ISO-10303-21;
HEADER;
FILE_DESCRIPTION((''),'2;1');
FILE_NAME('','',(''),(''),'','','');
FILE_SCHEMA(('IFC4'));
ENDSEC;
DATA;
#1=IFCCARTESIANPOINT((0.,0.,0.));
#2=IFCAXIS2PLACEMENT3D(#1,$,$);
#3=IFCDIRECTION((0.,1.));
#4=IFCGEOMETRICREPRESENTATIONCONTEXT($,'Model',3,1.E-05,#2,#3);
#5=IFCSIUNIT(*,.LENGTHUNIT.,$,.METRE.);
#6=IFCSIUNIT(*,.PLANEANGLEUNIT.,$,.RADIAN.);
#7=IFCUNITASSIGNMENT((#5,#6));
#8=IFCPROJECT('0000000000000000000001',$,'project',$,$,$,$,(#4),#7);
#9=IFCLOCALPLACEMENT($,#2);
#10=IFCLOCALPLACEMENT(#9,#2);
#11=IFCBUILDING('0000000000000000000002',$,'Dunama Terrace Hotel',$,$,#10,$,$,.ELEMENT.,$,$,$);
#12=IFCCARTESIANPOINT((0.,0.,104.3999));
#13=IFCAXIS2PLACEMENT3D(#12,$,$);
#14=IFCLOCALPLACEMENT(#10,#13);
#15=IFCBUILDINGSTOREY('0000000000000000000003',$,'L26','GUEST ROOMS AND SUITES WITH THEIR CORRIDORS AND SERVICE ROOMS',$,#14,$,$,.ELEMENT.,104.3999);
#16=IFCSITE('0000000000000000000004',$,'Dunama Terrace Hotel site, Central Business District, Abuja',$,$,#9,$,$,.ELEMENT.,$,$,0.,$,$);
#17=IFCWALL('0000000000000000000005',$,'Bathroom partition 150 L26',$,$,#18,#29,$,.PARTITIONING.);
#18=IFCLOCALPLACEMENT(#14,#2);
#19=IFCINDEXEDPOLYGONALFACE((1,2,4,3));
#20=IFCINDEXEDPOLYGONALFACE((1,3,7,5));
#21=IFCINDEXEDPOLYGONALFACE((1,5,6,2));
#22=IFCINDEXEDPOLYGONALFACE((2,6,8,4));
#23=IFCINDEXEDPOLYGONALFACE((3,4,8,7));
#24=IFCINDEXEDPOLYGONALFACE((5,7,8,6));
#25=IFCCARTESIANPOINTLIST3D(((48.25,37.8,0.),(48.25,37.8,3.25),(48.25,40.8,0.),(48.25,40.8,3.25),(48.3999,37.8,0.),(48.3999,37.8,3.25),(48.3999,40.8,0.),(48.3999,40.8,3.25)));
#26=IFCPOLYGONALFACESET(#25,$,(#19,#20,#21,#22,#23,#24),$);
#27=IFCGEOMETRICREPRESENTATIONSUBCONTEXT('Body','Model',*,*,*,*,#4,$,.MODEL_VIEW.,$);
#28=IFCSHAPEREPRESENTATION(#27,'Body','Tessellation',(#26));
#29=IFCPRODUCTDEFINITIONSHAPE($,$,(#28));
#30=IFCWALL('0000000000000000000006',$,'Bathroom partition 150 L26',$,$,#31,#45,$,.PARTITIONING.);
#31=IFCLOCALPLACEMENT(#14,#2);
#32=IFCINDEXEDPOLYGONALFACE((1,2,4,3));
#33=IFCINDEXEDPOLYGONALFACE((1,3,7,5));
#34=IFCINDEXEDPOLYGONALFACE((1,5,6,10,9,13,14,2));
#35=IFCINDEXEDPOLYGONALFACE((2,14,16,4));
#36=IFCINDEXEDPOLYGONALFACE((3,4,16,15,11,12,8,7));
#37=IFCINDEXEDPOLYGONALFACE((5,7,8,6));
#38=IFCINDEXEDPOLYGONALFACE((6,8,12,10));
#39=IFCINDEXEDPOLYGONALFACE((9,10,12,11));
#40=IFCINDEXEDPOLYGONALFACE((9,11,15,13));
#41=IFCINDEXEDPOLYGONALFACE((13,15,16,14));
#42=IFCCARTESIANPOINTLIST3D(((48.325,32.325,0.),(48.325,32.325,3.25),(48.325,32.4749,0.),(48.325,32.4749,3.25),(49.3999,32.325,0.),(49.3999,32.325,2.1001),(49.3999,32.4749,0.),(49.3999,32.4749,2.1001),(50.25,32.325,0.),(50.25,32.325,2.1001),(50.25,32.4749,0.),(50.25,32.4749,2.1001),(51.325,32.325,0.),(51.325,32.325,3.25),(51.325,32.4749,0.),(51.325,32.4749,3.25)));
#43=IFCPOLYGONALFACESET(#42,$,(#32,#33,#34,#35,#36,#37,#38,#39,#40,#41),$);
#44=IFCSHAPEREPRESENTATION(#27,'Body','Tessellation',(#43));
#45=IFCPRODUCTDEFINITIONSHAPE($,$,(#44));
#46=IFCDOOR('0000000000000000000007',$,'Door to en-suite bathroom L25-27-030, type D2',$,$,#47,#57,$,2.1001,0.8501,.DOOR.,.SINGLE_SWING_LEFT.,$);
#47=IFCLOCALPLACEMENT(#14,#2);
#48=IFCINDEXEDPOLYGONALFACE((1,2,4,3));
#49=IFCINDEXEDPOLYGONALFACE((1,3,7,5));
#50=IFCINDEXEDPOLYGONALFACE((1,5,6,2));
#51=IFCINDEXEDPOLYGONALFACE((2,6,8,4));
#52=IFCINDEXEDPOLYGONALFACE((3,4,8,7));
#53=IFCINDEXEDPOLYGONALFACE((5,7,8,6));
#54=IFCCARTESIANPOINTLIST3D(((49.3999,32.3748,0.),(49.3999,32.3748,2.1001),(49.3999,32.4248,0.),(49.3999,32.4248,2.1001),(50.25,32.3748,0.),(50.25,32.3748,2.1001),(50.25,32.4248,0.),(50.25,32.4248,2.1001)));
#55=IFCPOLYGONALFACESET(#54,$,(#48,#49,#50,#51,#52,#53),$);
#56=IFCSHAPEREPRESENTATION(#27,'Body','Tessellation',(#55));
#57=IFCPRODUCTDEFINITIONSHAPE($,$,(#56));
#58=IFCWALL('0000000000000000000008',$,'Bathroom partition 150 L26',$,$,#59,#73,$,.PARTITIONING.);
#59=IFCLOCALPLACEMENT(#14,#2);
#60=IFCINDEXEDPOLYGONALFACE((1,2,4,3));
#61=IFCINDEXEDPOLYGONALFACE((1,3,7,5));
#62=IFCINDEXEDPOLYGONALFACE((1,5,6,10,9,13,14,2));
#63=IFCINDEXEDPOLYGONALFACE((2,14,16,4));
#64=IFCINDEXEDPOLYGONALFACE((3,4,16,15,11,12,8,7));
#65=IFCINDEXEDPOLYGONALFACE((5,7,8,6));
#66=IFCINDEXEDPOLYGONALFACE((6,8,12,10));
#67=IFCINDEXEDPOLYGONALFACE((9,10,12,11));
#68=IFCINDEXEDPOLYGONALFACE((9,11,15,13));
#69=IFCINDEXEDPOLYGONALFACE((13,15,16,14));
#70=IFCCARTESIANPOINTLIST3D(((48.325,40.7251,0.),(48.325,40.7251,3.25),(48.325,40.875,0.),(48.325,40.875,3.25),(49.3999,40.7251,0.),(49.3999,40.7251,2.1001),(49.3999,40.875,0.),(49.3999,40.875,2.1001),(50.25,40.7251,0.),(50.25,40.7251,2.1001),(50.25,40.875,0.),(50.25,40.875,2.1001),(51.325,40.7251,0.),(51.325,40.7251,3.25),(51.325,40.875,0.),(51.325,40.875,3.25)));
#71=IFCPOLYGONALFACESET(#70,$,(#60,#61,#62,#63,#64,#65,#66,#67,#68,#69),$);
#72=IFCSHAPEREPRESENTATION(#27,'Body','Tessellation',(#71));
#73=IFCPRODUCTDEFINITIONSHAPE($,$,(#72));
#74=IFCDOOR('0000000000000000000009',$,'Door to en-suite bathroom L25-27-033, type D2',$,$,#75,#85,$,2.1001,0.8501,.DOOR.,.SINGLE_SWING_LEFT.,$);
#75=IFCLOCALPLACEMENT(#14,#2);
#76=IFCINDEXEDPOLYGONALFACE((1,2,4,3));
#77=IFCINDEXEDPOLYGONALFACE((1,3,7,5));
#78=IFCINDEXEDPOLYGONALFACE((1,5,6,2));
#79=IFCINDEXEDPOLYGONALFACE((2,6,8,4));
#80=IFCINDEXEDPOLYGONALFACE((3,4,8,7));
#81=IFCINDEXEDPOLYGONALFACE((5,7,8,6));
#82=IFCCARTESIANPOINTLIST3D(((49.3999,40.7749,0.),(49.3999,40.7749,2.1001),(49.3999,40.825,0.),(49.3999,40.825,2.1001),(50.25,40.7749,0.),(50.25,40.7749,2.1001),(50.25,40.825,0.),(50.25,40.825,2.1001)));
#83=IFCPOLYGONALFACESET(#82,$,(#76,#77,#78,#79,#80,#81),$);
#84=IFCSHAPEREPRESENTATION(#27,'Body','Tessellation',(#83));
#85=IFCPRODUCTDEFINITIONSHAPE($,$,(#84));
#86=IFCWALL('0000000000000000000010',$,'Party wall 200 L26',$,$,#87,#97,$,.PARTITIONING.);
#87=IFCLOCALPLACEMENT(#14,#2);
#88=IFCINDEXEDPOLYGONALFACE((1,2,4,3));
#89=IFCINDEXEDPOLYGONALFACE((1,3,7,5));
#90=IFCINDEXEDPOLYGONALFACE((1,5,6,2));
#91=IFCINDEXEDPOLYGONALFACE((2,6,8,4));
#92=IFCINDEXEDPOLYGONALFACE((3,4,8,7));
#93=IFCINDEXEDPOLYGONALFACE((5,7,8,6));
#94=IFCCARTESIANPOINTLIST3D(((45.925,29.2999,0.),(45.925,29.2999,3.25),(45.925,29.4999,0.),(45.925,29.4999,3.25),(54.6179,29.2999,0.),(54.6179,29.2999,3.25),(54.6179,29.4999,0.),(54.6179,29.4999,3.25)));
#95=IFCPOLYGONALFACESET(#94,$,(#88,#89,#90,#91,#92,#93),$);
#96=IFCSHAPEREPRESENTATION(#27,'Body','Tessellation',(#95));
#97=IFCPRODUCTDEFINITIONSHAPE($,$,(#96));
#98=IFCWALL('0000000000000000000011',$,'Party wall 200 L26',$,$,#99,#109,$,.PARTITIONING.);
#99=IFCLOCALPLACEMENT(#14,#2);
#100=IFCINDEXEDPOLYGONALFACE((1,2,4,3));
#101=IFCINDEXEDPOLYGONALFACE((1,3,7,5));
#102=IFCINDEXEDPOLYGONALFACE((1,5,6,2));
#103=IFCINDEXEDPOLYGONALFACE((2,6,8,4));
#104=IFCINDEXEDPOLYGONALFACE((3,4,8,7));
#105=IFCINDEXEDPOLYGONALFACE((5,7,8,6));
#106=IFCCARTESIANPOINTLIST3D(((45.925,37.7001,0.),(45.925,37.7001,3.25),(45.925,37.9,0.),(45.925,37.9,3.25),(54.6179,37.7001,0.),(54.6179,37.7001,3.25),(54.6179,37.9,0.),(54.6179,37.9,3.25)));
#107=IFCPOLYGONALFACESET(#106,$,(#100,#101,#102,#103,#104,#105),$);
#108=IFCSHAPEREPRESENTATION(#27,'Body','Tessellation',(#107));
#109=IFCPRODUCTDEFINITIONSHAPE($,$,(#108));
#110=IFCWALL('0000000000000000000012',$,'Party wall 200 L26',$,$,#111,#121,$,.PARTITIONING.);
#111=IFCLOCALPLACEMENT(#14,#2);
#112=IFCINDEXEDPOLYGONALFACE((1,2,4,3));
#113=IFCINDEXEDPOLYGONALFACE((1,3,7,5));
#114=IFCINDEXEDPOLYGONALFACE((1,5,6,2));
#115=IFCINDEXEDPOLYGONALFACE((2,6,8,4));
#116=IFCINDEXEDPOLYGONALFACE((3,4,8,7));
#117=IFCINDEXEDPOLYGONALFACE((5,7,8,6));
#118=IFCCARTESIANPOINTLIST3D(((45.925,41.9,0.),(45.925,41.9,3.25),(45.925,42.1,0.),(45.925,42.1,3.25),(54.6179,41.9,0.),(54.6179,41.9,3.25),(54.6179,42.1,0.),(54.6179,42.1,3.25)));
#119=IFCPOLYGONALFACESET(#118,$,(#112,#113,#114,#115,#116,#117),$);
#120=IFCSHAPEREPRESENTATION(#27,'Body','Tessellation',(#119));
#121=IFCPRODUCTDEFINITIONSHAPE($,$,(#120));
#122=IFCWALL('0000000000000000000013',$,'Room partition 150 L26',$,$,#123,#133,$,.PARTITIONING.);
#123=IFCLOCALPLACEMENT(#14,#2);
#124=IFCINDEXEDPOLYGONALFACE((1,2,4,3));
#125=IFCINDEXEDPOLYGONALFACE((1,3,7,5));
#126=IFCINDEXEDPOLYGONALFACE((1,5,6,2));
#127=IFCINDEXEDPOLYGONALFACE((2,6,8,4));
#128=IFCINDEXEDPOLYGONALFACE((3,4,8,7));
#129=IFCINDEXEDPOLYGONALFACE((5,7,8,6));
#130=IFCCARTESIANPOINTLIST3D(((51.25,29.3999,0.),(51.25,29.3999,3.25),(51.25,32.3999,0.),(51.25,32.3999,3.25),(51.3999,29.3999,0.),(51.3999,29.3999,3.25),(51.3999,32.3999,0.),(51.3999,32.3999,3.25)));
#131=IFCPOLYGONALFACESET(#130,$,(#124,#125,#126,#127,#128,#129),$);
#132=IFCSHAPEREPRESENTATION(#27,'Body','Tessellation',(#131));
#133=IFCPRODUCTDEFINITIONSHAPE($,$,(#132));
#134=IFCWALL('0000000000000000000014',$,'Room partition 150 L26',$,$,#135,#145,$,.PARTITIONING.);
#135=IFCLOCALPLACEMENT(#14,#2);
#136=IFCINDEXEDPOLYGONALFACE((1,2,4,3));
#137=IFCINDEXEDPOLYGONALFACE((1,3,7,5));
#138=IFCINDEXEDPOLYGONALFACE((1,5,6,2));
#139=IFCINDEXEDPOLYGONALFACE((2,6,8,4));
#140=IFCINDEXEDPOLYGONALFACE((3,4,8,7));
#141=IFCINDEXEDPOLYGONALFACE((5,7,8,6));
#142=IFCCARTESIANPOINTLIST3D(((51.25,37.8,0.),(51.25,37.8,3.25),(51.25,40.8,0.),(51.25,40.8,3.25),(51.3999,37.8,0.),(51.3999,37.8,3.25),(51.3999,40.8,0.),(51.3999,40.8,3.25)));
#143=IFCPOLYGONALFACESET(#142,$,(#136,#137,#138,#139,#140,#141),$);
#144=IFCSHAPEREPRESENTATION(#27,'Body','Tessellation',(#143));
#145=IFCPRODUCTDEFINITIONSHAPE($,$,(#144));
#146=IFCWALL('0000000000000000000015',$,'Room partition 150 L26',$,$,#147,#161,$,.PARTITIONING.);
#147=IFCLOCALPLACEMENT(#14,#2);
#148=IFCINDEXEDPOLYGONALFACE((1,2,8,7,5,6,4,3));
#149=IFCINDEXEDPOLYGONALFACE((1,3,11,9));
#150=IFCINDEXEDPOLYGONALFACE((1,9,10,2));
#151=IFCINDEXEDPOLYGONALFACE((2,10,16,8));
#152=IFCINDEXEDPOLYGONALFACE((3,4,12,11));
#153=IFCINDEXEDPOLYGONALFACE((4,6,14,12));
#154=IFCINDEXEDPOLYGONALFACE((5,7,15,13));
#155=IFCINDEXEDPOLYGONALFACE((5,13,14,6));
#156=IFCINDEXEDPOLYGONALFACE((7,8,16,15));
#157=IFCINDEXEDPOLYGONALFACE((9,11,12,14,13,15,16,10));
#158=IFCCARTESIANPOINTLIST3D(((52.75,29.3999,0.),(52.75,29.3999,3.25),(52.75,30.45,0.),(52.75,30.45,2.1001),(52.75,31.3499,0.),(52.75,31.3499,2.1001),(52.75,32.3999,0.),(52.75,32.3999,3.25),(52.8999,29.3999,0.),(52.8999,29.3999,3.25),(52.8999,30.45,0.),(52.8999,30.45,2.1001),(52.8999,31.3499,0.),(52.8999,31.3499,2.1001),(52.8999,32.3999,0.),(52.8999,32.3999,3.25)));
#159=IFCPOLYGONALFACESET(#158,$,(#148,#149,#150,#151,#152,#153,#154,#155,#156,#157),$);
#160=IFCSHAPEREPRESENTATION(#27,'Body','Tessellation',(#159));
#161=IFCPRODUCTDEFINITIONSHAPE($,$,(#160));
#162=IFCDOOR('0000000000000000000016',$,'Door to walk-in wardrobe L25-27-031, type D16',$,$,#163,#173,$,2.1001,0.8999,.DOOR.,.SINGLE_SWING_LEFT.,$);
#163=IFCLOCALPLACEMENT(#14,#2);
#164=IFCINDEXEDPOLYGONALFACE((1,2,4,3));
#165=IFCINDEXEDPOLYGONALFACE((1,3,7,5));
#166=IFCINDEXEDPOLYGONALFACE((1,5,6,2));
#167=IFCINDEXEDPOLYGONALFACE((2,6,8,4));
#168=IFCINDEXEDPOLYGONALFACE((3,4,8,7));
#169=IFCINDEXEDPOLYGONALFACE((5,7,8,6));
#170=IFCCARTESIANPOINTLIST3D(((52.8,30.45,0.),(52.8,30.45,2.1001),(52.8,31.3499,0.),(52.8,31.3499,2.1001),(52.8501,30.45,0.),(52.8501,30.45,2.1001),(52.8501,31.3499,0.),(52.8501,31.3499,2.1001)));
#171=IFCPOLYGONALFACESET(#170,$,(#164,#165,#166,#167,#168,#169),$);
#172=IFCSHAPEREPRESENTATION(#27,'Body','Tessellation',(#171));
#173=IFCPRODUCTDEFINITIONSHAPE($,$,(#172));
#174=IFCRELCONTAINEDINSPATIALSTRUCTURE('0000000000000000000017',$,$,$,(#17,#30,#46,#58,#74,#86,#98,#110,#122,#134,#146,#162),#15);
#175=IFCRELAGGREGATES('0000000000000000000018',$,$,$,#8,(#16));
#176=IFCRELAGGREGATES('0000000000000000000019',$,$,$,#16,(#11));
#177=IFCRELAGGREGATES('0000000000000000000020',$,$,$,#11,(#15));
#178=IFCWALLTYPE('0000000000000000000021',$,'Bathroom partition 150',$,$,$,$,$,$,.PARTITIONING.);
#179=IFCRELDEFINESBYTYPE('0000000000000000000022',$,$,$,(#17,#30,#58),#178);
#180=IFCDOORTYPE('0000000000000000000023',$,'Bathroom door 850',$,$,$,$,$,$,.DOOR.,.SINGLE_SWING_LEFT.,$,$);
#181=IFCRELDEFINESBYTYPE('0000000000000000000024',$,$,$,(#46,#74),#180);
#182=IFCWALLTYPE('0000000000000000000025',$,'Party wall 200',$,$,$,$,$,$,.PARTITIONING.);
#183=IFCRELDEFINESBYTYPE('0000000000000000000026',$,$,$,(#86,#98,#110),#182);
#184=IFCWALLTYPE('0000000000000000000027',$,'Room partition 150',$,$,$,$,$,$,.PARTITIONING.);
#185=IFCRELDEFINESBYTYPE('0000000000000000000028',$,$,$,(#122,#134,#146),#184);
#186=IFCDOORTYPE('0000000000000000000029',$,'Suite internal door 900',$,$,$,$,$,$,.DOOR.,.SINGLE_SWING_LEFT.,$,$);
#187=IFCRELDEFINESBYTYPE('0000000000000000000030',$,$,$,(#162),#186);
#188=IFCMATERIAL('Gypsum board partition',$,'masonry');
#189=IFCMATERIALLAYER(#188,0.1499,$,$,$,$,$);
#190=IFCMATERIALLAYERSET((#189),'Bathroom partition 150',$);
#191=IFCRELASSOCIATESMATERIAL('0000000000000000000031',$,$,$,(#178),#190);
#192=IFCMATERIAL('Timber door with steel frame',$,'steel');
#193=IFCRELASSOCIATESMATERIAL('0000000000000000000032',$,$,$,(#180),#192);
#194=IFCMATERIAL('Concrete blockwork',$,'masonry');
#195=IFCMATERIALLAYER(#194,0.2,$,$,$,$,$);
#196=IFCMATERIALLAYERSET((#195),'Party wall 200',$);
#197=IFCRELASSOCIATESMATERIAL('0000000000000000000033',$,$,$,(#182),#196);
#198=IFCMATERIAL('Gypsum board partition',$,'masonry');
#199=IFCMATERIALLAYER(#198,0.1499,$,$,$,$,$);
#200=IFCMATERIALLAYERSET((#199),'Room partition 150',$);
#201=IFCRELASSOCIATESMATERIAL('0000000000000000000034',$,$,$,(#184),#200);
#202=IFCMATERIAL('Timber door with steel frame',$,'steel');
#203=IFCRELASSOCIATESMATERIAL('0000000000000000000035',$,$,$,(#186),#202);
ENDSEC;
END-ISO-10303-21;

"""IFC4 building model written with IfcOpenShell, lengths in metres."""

from ifc_helpers import new_model, si_unit, direction, frame, frame_2d, origin, place, context, subcontext, project, spatial, rectangle, extrude, material, layer, layer_set, type_object, element, fill, save


model = new_model("IFC4")

# Units and contexts
model_context = context("Model", 3, precision=1e-05, world=origin(), true_north=direction((0.0, 1.0)))
body_context = subcontext(model_context, "Body", "Model", "MODEL_VIEW")
ifc_project = project(units=[si_unit("LENGTHUNIT", "METRE"), si_unit("PLANEANGLEUNIT", "RADIAN")], contexts=[model_context])

# Site, building, storey
site_placement = place(None, origin())
site = spatial("IfcSite", under=ifc_project, at=site_placement, Name="Dunama Terrace Hotel site, Central Business District, Abuja", CompositionType="ELEMENT", RefElevation=0.0)
building_placement = place(site_placement, origin())
building = spatial("IfcBuilding", under=site, at=building_placement, Name="Dunama Terrace Hotel", CompositionType="ELEMENT")
storey_placement = place(building_placement, frame((0.0, 0.0, 104.3999)))
storey = spatial("IfcBuildingStorey", under=building, at=storey_placement, Name="L26", Description="GUEST ROOMS AND SUITES WITH THEIR CORRIDORS AND SERVICE ROOMS", CompositionType="ELEMENT", Elevation=104.3999)

# Wall
ifc_material_1 = material(Name="Gypsum board partition", Category="masonry")
ifc_layer_1 = layer(ifc_material_1, 0.1499)
ifc_layer_set_1 = layer_set([ifc_layer_1], Name="Bathroom partition 150")
wall_type_1 = type_object("IfcWallType", Name="Bathroom partition 150", PredefinedType="PARTITIONING", material=ifc_layer_set_1)
for number, where, z_axis, x_axis, name in (
    (1, (48.325, 37.8, 0.0), (0.0, 0.0, 1.0), (0.0, 1.0, 0.0), "Bathroom partition 150 L26"),
):
    element("IfcWall", number, at=place(storey_placement, frame(where, z_axis=z_axis, x_axis=x_axis)), inside=storey, type_object=wall_type_1, Name=name, PredefinedType="PARTITIONING", context=body_context, shape_type="SweptSolid", body=[
        extrude(rectangle(XDim=3.0, YDim=0.1499, at=frame_2d((1.5, 0.0))), origin(), (0.0, 0.0, 1.0), 3.25),
    ])

# Walls, openings, doors
wall_1_placement = place(storey_placement, frame((48.325, 32.3999, 0.0), z_axis=(0.0, 0.0, 1.0), x_axis=(1.0, 0.0, 0.0)))
wall_1 = element("IfcWall", 2, at=wall_1_placement, inside=storey, type_object=wall_type_1, Name="Bathroom partition 150 L26", PredefinedType="PARTITIONING", context=body_context, shape_type="SweptSolid", body=[
    extrude(rectangle(XDim=3.0, YDim=0.1499, at=frame_2d((1.5, 0.0))), origin(), (0.0, 0.0, 1.0), 3.25),
])
opening_1_placement = place(wall_1_placement, frame((1.075, 0.0, 0.0)))
opening_1 = element("IfcOpeningElement", 3, at=opening_1_placement, cuts=wall_1, PredefinedType="OPENING", context=body_context, shape_type="SweptSolid", body=[
    extrude(rectangle(XDim=0.8501, YDim=2.1001, at=frame_2d((0.425, 1.05))), frame((0.0, 0.085, 0.0), z_axis=(0.0, -1.0, 0.0), x_axis=(1.0, 0.0, 0.0)), (0.0, 0.0, 1.0), 0.1699),
])
ifc_material_2 = material(Name="Timber door with steel frame", Category="steel")
door_type_1 = type_object("IfcDoorType", Name="Bathroom door 850", OperationType="SINGLE_SWING_LEFT", PredefinedType="DOOR", material=ifc_material_2)
door_1_placement = place(opening_1_placement, frame((0.8501, 0.0, 0.0), z_axis=(0.0, 0.0, 1.0), x_axis=(-1.0, 0.0, 0.0)))
door_1 = element("IfcDoor", 4, at=door_1_placement, inside=storey, type_object=door_type_1, Name="Door to en-suite bathroom L25-27-030, type D2", OperationType="SINGLE_SWING_LEFT", OverallHeight=2.1001, OverallWidth=0.8501, PredefinedType="DOOR", context=body_context, shape_type="SweptSolid", body=[
    extrude(rectangle(XDim=0.8501, YDim=2.1001, at=frame_2d((0.425, 1.05))), frame((0.0, 0.0251, 0.0), z_axis=(0.0, -1.0, 0.0), x_axis=(1.0, 0.0, 0.0)), (0.0, 0.0, 1.0), 0.05),
])
fill(opening_1, door_1)
wall_2_placement = place(storey_placement, frame((48.325, 40.8, 0.0), z_axis=(0.0, 0.0, 1.0), x_axis=(1.0, 0.0, 0.0)))
wall_2 = element("IfcWall", 5, at=wall_2_placement, inside=storey, type_object=wall_type_1, Name="Bathroom partition 150 L26", PredefinedType="PARTITIONING", context=body_context, shape_type="SweptSolid", body=[
    extrude(rectangle(XDim=3.0, YDim=0.1499, at=frame_2d((1.5, 0.0))), origin(), (0.0, 0.0, 1.0), 3.25),
])
opening_2_placement = place(wall_2_placement, frame((1.075, 0.0, 0.0)))
opening_2 = element("IfcOpeningElement", 6, at=opening_2_placement, cuts=wall_2, PredefinedType="OPENING", context=body_context, shape_type="SweptSolid", body=[
    extrude(rectangle(XDim=0.8501, YDim=2.1001, at=frame_2d((0.425, 1.05))), frame((0.0, 0.085, 0.0), z_axis=(0.0, -1.0, 0.0), x_axis=(1.0, 0.0, 0.0)), (0.0, 0.0, 1.0), 0.1699),
])
door_2_placement = place(opening_2_placement, frame((0.8501, 0.0, 0.0), z_axis=(0.0, 0.0, 1.0), x_axis=(-1.0, 0.0, 0.0)))
door_2 = element("IfcDoor", 7, at=door_2_placement, inside=storey, type_object=door_type_1, Name="Door to en-suite bathroom L25-27-033, type D2", OperationType="SINGLE_SWING_LEFT", OverallHeight=2.1001, OverallWidth=0.8501, PredefinedType="DOOR", context=body_context, shape_type="SweptSolid", body=[
    extrude(rectangle(XDim=0.8501, YDim=2.1001, at=frame_2d((0.425, 1.05))), frame((0.0, 0.0251, 0.0), z_axis=(0.0, -1.0, 0.0), x_axis=(1.0, 0.0, 0.0)), (0.0, 0.0, 1.0), 0.05),
])
fill(opening_2, door_2)

# Walls
ifc_material_3 = material(Name="Concrete blockwork", Category="masonry")
ifc_layer_2 = layer(ifc_material_3, 0.2)
ifc_layer_set_2 = layer_set([ifc_layer_2], Name="Party wall 200")
wall_type_2 = type_object("IfcWallType", Name="Party wall 200", PredefinedType="PARTITIONING", material=ifc_layer_set_2)
for number, where, z_axis, x_axis, name in (
    (8, (45.925, 29.3999, 0.0), (0.0, 0.0, 1.0), (1.0, 0.0, 0.0), "Party wall 200 L26"),
    (9, (45.925, 37.8, 0.0), (0.0, 0.0, 1.0), (1.0, 0.0, 0.0), "Party wall 200 L26"),
    (10, (45.925, 42.0, 0.0), (0.0, 0.0, 1.0), (1.0, 0.0, 0.0), "Party wall 200 L26"),
):
    element("IfcWall", number, at=place(storey_placement, frame(where, z_axis=z_axis, x_axis=x_axis)), inside=storey, type_object=wall_type_2, Name=name, PredefinedType="PARTITIONING", context=body_context, shape_type="SweptSolid", body=[
        extrude(rectangle(XDim=8.6929, YDim=0.2, at=frame_2d((4.3464, 0.0))), origin(), (0.0, 0.0, 1.0), 3.25),
    ])
ifc_material_4 = material(Name="Gypsum board partition", Category="masonry")
ifc_layer_3 = layer(ifc_material_4, 0.1499)
ifc_layer_set_3 = layer_set([ifc_layer_3], Name="Room partition 150")
wall_type_3 = type_object("IfcWallType", Name="Room partition 150", PredefinedType="PARTITIONING", material=ifc_layer_set_3)
for number, where, z_axis, x_axis, name in (
    (11, (51.325, 29.3999, 0.0), (0.0, 0.0, 1.0), (0.0, 1.0, 0.0), "Room partition 150 L26"),
    (12, (51.325, 37.8, 0.0), (0.0, 0.0, 1.0), (0.0, 1.0, 0.0), "Room partition 150 L26"),
):
    element("IfcWall", number, at=place(storey_placement, frame(where, z_axis=z_axis, x_axis=x_axis)), inside=storey, type_object=wall_type_3, Name=name, PredefinedType="PARTITIONING", context=body_context, shape_type="SweptSolid", body=[
        extrude(rectangle(XDim=3.0, YDim=0.1499, at=frame_2d((1.5, 0.0))), origin(), (0.0, 0.0, 1.0), 3.25),
    ])

# Wall, opening, door
wall_3_placement = place(storey_placement, frame((52.825, 29.3999, 0.0), z_axis=(0.0, 0.0, 1.0), x_axis=(0.0, 1.0, 0.0)))
wall_3 = element("IfcWall", 13, at=wall_3_placement, inside=storey, type_object=wall_type_3, Name="Room partition 150 L26", PredefinedType="PARTITIONING", context=body_context, shape_type="SweptSolid", body=[
    extrude(rectangle(XDim=3.0, YDim=0.1499, at=frame_2d((1.5, 0.0))), origin(), (0.0, 0.0, 1.0), 3.25),
])
opening_3_placement = place(wall_3_placement, frame((1.05, 0.0, 0.0)))
opening_3 = element("IfcOpeningElement", 14, at=opening_3_placement, cuts=wall_3, PredefinedType="OPENING", context=body_context, shape_type="SweptSolid", body=[
    extrude(rectangle(XDim=0.8999, YDim=2.1001, at=frame_2d((0.45, 1.05))), frame((0.0, 0.085, 0.0), z_axis=(0.0, -1.0, 0.0), x_axis=(1.0, 0.0, 0.0)), (0.0, 0.0, 1.0), 0.1699),
])
ifc_material_5 = material(Name="Timber door with steel frame", Category="steel")
door_type_2 = type_object("IfcDoorType", Name="Suite internal door 900", OperationType="SINGLE_SWING_LEFT", PredefinedType="DOOR", material=ifc_material_5)
door_3_placement = place(opening_3_placement, origin())
door_3 = element("IfcDoor", 15, at=door_3_placement, inside=storey, type_object=door_type_2, Name="Door to walk-in wardrobe L25-27-031, type D16", OperationType="SINGLE_SWING_LEFT", OverallHeight=2.1001, OverallWidth=0.8999, PredefinedType="DOOR", context=body_context, shape_type="SweptSolid", body=[
    extrude(rectangle(XDim=0.8999, YDim=2.1001, at=frame_2d((0.45, 1.05))), frame((0.0, 0.0249, 0.0), z_axis=(0.0, -1.0, 0.0), x_axis=(1.0, 0.0, 0.0)), (0.0, 0.0, 1.0), 0.05),
])
fill(opening_3, door_3)

save(model, "model.ifc")
